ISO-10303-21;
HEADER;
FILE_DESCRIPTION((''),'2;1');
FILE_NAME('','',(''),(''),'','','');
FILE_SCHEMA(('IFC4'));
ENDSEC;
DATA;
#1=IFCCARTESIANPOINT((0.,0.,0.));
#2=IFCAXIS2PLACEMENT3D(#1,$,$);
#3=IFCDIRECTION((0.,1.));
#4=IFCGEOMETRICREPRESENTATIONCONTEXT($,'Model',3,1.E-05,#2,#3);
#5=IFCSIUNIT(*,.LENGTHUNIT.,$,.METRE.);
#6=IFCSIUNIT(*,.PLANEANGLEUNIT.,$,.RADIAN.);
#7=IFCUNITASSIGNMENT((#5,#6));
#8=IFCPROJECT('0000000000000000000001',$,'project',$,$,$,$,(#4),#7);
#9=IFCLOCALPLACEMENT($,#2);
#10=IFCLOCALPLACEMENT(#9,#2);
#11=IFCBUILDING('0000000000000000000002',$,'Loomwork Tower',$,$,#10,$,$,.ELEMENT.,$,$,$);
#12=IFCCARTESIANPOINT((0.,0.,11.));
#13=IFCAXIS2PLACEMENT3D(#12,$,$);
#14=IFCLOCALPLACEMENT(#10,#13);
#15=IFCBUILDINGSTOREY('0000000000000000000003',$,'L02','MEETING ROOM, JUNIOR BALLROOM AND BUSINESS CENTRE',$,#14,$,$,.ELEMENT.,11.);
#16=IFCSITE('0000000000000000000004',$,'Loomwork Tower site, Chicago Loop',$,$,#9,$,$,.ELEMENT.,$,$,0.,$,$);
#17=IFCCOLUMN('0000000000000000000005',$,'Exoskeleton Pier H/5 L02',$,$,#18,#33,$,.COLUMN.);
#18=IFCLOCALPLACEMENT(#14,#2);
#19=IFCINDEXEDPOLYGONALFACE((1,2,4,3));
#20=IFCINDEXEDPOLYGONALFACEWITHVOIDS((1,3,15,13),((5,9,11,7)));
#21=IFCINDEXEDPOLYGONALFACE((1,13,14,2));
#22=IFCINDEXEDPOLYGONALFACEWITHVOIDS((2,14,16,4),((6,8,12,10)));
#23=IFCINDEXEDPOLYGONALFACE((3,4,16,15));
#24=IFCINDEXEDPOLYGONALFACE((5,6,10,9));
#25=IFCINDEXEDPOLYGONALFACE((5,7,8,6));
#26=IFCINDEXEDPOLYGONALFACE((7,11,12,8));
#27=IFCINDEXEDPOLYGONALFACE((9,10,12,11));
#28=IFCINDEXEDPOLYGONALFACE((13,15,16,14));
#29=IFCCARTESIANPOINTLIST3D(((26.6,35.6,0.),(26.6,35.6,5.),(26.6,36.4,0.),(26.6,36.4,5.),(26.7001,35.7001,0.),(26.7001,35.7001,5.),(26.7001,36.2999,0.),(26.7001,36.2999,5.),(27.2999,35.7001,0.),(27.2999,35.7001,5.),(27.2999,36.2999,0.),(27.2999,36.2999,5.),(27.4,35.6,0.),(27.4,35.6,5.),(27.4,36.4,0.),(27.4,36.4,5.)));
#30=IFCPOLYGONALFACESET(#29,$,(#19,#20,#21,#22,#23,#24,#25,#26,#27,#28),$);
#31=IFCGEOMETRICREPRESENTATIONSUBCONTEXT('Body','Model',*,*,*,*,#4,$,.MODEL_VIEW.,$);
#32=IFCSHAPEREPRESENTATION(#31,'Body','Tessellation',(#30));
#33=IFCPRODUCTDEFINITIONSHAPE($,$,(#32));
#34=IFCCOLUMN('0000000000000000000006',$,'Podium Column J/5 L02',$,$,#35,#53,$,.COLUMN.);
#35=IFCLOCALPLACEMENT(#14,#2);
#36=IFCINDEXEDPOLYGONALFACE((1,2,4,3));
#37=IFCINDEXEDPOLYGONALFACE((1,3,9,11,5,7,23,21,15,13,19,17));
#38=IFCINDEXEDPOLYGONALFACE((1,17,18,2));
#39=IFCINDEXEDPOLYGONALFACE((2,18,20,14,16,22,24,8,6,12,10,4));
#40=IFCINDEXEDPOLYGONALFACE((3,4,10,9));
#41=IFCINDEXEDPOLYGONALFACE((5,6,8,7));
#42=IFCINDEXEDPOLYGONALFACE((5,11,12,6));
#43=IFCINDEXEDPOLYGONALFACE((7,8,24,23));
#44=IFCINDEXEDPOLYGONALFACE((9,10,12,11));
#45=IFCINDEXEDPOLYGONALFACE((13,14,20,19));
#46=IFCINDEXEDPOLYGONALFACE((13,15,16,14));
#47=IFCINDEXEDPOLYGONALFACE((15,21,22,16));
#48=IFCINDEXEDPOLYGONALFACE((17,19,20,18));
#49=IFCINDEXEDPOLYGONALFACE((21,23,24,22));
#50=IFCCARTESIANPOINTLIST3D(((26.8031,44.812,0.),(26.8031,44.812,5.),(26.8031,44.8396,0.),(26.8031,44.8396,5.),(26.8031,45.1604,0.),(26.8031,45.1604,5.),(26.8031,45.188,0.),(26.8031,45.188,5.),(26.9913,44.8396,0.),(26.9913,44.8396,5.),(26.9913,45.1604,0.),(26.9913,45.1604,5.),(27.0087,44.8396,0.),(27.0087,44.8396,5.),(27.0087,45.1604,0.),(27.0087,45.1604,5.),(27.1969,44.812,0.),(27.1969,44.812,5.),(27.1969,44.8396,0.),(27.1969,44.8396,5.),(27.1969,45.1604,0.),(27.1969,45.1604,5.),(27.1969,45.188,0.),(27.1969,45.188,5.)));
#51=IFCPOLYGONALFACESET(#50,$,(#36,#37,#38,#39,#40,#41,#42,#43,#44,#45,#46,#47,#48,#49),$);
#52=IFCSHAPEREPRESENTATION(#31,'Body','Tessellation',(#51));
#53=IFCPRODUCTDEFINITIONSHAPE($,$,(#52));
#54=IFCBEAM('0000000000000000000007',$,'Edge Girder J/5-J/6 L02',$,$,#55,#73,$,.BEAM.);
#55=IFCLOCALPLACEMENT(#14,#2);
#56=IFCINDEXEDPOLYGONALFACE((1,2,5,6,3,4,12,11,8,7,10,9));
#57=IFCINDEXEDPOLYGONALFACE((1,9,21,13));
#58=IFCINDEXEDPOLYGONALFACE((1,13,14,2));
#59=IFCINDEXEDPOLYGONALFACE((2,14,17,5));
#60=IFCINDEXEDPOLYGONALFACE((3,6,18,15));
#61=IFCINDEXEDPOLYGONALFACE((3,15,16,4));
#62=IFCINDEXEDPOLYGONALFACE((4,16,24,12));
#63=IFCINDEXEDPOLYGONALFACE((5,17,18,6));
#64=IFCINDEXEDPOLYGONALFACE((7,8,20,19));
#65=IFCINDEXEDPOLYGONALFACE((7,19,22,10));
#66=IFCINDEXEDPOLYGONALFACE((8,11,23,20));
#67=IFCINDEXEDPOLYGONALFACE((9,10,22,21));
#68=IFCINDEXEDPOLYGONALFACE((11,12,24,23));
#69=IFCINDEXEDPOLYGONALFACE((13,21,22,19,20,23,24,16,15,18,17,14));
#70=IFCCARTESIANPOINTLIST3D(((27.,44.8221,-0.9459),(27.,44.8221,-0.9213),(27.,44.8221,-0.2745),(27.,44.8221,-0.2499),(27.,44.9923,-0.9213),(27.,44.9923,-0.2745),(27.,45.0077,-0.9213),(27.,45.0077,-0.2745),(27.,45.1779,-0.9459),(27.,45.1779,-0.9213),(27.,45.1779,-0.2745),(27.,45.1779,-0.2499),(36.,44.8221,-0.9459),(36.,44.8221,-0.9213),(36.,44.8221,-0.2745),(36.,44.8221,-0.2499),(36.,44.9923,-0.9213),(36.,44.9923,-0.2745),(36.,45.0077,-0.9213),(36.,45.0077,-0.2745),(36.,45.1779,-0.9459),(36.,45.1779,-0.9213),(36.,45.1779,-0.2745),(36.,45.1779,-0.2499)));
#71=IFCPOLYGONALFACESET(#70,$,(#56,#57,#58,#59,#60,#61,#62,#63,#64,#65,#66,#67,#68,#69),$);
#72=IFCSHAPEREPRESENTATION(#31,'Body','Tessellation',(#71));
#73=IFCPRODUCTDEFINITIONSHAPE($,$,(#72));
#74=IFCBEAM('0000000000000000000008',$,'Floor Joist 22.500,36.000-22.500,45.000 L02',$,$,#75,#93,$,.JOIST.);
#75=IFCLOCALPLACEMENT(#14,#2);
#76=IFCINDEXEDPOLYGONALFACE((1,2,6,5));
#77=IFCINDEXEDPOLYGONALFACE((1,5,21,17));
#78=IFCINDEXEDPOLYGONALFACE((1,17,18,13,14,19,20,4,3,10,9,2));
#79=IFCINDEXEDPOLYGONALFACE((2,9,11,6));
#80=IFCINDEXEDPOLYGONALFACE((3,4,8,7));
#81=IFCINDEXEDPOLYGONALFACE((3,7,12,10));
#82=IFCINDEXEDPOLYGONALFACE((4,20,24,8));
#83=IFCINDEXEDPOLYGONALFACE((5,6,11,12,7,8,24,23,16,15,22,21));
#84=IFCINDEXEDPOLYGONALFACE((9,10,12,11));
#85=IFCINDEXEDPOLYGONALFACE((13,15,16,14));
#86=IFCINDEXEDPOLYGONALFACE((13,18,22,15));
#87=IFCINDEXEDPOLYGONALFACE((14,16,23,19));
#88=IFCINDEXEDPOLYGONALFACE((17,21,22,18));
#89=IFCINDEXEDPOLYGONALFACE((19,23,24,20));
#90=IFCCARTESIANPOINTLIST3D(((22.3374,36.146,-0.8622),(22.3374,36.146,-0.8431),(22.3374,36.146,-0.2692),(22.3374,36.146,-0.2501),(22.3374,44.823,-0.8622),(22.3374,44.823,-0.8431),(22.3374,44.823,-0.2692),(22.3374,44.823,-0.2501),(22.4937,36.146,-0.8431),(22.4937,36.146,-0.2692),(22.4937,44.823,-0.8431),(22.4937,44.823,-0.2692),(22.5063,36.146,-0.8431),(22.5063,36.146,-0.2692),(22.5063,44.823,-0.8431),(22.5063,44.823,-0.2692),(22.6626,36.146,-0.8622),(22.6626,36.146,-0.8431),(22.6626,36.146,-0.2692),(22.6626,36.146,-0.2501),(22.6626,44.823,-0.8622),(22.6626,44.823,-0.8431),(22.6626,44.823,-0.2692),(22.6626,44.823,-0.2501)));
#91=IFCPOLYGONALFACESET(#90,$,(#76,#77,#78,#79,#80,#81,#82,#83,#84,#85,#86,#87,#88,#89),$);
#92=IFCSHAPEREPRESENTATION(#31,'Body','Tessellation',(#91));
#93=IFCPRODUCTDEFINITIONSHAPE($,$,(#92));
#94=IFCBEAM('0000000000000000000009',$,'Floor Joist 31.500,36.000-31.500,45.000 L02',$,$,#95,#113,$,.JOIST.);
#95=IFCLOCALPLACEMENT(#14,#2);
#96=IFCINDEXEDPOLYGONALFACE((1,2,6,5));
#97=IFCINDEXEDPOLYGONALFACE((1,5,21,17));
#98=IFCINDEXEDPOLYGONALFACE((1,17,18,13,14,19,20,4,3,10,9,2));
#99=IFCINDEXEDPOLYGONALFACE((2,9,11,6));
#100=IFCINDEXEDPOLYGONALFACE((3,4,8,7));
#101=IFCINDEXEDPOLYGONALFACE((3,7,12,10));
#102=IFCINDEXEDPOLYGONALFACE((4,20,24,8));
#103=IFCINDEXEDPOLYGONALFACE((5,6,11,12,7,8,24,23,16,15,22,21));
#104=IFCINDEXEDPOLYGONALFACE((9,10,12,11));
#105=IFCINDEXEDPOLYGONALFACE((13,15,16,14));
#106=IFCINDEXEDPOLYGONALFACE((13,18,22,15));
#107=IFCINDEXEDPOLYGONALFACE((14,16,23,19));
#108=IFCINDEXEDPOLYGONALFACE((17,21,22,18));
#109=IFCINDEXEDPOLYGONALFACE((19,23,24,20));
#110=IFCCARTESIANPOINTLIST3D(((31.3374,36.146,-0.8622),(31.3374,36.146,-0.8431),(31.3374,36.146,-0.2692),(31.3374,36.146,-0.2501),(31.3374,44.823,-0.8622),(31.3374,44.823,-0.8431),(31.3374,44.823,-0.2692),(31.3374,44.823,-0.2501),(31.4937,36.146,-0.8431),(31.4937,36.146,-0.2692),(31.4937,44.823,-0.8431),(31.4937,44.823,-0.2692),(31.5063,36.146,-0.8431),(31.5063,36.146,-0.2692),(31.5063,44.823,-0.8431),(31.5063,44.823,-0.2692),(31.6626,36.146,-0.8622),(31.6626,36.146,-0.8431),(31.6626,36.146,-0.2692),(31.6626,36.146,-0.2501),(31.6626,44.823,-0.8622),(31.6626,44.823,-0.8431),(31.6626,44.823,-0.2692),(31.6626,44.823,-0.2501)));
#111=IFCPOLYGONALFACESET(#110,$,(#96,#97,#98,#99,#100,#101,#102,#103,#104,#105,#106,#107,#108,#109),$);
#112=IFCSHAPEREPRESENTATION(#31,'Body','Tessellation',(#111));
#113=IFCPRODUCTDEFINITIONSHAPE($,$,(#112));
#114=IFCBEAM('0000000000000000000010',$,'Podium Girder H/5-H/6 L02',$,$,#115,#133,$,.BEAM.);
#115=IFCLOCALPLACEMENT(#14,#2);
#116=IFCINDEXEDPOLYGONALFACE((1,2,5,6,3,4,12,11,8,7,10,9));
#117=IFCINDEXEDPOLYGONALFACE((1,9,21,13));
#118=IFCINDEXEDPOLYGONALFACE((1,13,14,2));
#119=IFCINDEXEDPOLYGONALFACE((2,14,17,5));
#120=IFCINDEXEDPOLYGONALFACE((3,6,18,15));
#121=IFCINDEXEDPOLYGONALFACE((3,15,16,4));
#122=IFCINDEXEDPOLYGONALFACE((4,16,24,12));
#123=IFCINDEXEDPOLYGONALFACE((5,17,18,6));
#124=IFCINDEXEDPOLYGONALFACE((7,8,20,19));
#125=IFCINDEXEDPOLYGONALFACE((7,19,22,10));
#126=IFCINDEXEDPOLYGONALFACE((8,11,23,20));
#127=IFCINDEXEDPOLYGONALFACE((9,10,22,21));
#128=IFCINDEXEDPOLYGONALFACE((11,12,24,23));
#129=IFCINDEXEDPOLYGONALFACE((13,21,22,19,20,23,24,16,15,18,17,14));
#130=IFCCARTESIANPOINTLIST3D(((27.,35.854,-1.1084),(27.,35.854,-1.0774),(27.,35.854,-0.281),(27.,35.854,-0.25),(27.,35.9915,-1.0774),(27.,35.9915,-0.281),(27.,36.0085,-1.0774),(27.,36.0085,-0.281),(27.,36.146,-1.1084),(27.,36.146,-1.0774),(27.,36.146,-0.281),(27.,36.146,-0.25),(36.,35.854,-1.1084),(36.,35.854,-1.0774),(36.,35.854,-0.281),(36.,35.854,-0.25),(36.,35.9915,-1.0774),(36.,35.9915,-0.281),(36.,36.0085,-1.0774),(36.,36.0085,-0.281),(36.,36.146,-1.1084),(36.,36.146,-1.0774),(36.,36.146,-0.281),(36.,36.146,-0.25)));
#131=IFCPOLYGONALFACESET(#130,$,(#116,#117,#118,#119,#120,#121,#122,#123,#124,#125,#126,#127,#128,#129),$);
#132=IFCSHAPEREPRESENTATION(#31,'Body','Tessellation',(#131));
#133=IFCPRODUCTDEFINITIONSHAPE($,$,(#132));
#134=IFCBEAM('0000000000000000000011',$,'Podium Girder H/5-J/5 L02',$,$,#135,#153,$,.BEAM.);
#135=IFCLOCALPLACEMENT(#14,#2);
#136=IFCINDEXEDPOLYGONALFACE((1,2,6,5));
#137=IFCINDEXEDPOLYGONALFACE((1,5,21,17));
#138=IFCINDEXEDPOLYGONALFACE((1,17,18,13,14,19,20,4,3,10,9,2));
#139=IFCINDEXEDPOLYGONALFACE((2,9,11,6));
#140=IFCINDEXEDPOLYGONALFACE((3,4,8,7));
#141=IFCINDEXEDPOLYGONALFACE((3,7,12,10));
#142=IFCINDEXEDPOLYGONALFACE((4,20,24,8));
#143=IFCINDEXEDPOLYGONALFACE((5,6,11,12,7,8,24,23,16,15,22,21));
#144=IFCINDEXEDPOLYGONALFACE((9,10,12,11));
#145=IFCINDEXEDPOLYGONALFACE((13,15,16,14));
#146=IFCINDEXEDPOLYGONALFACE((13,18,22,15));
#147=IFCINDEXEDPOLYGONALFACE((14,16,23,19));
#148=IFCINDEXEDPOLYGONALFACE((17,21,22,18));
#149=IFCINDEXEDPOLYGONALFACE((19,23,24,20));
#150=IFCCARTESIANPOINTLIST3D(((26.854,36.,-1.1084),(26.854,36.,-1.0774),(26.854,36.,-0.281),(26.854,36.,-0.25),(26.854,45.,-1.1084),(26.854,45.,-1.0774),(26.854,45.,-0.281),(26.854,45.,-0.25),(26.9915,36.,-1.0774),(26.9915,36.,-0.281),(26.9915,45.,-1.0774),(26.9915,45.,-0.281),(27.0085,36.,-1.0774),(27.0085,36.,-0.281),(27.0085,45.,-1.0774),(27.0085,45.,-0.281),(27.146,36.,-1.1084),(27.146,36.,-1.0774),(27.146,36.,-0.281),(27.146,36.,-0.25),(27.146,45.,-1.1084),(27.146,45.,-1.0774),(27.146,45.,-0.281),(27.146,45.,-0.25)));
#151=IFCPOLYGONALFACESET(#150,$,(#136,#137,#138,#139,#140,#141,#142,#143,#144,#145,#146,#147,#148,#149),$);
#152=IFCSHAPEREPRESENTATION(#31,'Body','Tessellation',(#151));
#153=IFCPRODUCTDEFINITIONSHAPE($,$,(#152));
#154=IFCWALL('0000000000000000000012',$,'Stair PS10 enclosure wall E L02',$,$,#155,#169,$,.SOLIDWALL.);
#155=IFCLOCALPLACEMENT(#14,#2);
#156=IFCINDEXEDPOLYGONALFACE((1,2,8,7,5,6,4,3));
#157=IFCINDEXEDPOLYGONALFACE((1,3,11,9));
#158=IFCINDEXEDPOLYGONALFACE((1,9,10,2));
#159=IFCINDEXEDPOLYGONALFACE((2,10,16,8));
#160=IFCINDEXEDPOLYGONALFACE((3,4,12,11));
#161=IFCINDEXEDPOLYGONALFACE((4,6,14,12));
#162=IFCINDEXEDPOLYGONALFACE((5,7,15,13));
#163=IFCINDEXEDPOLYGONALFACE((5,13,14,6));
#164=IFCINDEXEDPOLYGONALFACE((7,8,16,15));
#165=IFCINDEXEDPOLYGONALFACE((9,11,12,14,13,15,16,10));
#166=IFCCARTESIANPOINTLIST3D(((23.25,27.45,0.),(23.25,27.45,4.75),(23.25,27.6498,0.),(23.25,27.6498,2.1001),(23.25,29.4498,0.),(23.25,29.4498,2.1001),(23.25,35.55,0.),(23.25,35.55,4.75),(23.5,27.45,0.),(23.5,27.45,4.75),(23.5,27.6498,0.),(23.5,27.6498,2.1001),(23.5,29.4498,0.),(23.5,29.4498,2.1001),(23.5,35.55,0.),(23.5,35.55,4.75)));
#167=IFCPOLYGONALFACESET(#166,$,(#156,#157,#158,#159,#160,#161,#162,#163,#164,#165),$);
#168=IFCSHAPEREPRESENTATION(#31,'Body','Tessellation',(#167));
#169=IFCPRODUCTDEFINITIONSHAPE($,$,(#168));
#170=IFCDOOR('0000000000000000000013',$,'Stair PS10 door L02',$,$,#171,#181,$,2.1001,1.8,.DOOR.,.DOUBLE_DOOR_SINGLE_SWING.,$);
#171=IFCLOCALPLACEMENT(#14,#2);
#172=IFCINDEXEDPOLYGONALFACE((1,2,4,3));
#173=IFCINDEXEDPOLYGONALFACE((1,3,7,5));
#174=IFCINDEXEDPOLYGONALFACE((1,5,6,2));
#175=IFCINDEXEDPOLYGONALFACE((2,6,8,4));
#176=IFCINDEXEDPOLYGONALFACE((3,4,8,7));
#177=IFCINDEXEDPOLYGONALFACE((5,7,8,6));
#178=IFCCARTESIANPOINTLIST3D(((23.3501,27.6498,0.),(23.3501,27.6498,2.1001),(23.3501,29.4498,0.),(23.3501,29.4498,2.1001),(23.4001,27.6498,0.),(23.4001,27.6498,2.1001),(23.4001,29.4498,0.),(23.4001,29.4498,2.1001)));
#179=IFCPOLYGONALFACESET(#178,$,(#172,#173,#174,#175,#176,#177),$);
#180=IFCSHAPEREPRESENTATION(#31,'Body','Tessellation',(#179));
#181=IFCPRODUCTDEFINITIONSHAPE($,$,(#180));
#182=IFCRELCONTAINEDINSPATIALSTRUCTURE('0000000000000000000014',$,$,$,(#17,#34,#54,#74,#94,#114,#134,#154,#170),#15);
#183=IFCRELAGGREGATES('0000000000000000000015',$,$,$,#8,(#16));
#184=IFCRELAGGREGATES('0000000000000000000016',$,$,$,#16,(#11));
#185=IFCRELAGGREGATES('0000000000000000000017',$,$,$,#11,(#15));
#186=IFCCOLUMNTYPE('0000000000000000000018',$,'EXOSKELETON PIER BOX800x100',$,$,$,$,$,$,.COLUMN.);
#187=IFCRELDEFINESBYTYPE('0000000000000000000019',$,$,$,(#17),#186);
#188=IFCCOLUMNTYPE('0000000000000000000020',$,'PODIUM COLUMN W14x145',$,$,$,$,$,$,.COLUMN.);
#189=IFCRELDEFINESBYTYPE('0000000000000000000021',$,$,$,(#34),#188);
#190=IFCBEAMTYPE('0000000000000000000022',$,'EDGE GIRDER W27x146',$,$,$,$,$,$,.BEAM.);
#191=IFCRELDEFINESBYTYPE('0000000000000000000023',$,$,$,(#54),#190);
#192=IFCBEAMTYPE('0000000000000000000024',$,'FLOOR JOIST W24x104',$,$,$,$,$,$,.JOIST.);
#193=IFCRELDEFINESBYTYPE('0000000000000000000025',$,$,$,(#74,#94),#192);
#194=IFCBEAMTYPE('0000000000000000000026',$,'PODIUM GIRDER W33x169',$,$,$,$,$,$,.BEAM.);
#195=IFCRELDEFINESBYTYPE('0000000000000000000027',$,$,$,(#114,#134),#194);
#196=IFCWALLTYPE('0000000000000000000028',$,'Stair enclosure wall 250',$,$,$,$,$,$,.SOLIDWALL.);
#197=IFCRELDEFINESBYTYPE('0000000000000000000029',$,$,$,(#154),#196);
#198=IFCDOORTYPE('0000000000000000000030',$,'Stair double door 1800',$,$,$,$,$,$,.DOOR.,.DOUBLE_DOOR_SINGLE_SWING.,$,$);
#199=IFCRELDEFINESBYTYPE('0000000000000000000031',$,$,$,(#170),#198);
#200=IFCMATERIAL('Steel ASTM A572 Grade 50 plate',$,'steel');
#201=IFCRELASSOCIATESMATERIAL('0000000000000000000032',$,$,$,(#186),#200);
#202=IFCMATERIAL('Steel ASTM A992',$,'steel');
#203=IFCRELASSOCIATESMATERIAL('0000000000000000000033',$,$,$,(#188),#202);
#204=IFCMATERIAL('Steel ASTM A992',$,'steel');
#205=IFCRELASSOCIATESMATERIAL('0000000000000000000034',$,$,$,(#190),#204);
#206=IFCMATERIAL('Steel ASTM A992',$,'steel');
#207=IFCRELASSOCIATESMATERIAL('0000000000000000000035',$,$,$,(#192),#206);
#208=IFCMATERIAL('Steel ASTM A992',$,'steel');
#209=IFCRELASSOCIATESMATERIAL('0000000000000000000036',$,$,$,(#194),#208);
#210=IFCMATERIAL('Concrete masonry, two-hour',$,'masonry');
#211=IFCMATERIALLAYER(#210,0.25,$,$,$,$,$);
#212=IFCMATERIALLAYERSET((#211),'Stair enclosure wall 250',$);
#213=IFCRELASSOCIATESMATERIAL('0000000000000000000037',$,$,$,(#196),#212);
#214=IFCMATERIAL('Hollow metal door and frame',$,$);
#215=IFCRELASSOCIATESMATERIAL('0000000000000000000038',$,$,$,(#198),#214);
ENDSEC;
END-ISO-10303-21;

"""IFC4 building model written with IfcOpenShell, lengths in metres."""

from ifc_helpers import new_model, si_unit, direction, frame, frame_2d, origin, origin_2d, place, context, subcontext, project, spatial, rectangle, hollow_rectangle, i_section, extrude, material, layer, layer_set, material_profile, profile_set, type_object, element, fill, save


model = new_model("IFC4")

# Units and contexts
model_context = context("Model", 3, precision=1e-05, world=origin(), true_north=direction((0.0, 1.0)))
body_context = subcontext(model_context, "Body", "Model", "MODEL_VIEW")
ifc_project = project(units=[si_unit("LENGTHUNIT", "METRE"), si_unit("PLANEANGLEUNIT", "RADIAN")], contexts=[model_context])

# Site, building, storey
site_placement = place(None, origin())
site = spatial("IfcSite", under=ifc_project, at=site_placement, Name="Loomwork Tower site, Chicago Loop", CompositionType="ELEMENT", RefElevation=0.0)
building_placement = place(site_placement, origin())
building = spatial("IfcBuilding", under=site, at=building_placement, Name="Loomwork Tower", CompositionType="ELEMENT")
storey_placement = place(building_placement, frame((0.0, 0.0, 11.0)))
storey = spatial("IfcBuildingStorey", under=building, at=storey_placement, Name="L02", Description="MEETING ROOM, JUNIOR BALLROOM AND BUSINESS CENTRE", CompositionType="ELEMENT", Elevation=11.0)

# Columns
ifc_material_1 = material(Name="Steel ASTM A572 Grade 50 plate", Category="steel")
ifc_material_profile_1 = material_profile(ifc_material_1, hollow_rectangle(XDim=0.8, YDim=0.8, WallThickness=0.1001, at=origin_2d()), Name="BOX800x100")
ifc_profile_set_1 = profile_set([ifc_material_profile_1], Name="Steel ASTM A572 Grade 50 plate")
column_type_1 = type_object("IfcColumnType", Name="EXOSKELETON PIER BOX800x100", PredefinedType="COLUMN", material=ifc_profile_set_1)
column_1_placement = place(storey_placement, frame((27.0, 36.0, 0.0), z_axis=(0.0, 0.0, 1.0), x_axis=(1.0, 0.0, 0.0)))
element("IfcColumn", 1, at=column_1_placement, inside=storey, type_object=column_type_1, Name="Exoskeleton Pier H/5 L02", PredefinedType="COLUMN", context=body_context, shape_type="SweptSolid", body=[
    extrude(hollow_rectangle(XDim=0.8, YDim=0.8, WallThickness=0.1001, at=origin_2d()), origin(), (0.0, 0.0, 1.0), 5.0),
])
ifc_material_2 = material(Name="Steel ASTM A992", Category="steel")
ifc_material_profile_2 = material_profile(ifc_material_2, i_section(OverallWidth=0.3938, OverallDepth=0.376, WebThickness=0.0173, FlangeThickness=0.0276, at=origin_2d()), Name="W14x145")
ifc_profile_set_2 = profile_set([ifc_material_profile_2], Name="Steel ASTM A992")
column_type_2 = type_object("IfcColumnType", Name="PODIUM COLUMN W14x145", PredefinedType="COLUMN", material=ifc_profile_set_2)
column_2_placement = place(storey_placement, frame((27.0, 45.0, 0.0), z_axis=(0.0, 0.0, 1.0), x_axis=(1.0, 0.0, 0.0)))
element("IfcColumn", 2, at=column_2_placement, inside=storey, type_object=column_type_2, Name="Podium Column J/5 L02", PredefinedType="COLUMN", context=body_context, shape_type="SweptSolid", body=[
    extrude(i_section(OverallWidth=0.3938, OverallDepth=0.376, WebThickness=0.0173, FlangeThickness=0.0276, at=origin_2d()), origin(), (0.0, 0.0, 1.0), 5.0),
])

# Beams
ifc_material_3 = material(Name="Steel ASTM A992", Category="steel")
ifc_material_profile_3 = material_profile(ifc_material_3, i_section(OverallWidth=0.3557, OverallDepth=0.696, WebThickness=0.0154, FlangeThickness=0.0247, at=origin_2d()), Name="W27x146")
ifc_profile_set_3 = profile_set([ifc_material_profile_3], Name="Steel ASTM A992")
beam_type_1 = type_object("IfcBeamType", Name="EDGE GIRDER W27x146", PredefinedType="BEAM", material=ifc_profile_set_3)
beam_placement = place(storey_placement, frame((27.0, 45.0, -0.5979), z_axis=(1.0, 0.0, 0.0), x_axis=(0.0, 1.0, 0.0)))
element("IfcBeam", 3, at=beam_placement, inside=storey, type_object=beam_type_1, Name="Edge Girder J/5-J/6 L02", PredefinedType="BEAM", context=body_context, shape_type="SweptSolid", body=[
    extrude(i_section(OverallWidth=0.3557, OverallDepth=0.696, WebThickness=0.0154, FlangeThickness=0.0247, at=origin_2d()), origin(), (0.0, 0.0, 1.0), 9.0),
])
ifc_material_4 = material(Name="Steel ASTM A992", Category="steel")
ifc_material_profile_4 = material_profile(ifc_material_4, i_section(OverallWidth=0.3252, OverallDepth=0.6121, WebThickness=0.0127, FlangeThickness=0.019, at=origin_2d()), Name="W24x104")
ifc_profile_set_4 = profile_set([ifc_material_profile_4], Name="Steel ASTM A992")
beam_type_2 = type_object("IfcBeamType", Name="FLOOR JOIST W24x104", PredefinedType="JOIST", material=ifc_profile_set_4)
for number, where, z_axis, x_axis, name in (
    (4, (22.5, 36.146, -0.5562), (0.0, 1.0, 0.0), (-1.0, 0.0, 0.0), "Floor Joist 22.500,36.000-22.500,45.000 L02"),
    (5, (31.5, 36.146, -0.5562), (0.0, 1.0, 0.0), (-1.0, 0.0, 0.0), "Floor Joist 31.500,36.000-31.500,45.000 L02"),
):
    element("IfcBeam", number, at=place(storey_placement, frame(where, z_axis=z_axis, x_axis=x_axis)), inside=storey, type_object=beam_type_2, Name=name, PredefinedType="JOIST", context=body_context, shape_type="SweptSolid", body=[
        extrude(i_section(OverallWidth=0.3252, OverallDepth=0.6121, WebThickness=0.0127, FlangeThickness=0.019, at=origin_2d()), origin(), (0.0, 0.0, 1.0), 8.677),
    ])
ifc_material_5 = material(Name="Steel ASTM A992", Category="steel")
ifc_material_profile_5 = material_profile(ifc_material_5, i_section(OverallWidth=0.292, OverallDepth=0.8584, WebThickness=0.0171, FlangeThickness=0.031, at=origin_2d()), Name="W33x169")
ifc_profile_set_5 = profile_set([ifc_material_profile_5], Name="Steel ASTM A992")
beam_type_3 = type_object("IfcBeamType", Name="PODIUM GIRDER W33x169", PredefinedType="BEAM", material=ifc_profile_set_5)
for number, where, z_axis, x_axis, name in (
    (6, (27.0, 36.0, -0.6792), (1.0, 0.0, 0.0), (0.0, 1.0, 0.0), "Podium Girder H/5-H/6 L02"),
    (7, (27.0, 36.0, -0.6792), (0.0, 1.0, 0.0), (-1.0, 0.0, 0.0), "Podium Girder H/5-J/5 L02"),
):
    element("IfcBeam", number, at=place(storey_placement, frame(where, z_axis=z_axis, x_axis=x_axis)), inside=storey, type_object=beam_type_3, Name=name, PredefinedType="BEAM", context=body_context, shape_type="SweptSolid", body=[
        extrude(i_section(OverallWidth=0.292, OverallDepth=0.8584, WebThickness=0.0171, FlangeThickness=0.031, at=origin_2d()), origin(), (0.0, 0.0, 1.0), 9.0),
    ])

# Wall, opening, door
ifc_material_6 = material(Name="Concrete masonry, two-hour", Category="masonry")
ifc_layer = layer(ifc_material_6, 0.25)
ifc_layer_set = layer_set([ifc_layer], Name="Stair enclosure wall 250")
wall_type = type_object("IfcWallType", Name="Stair enclosure wall 250", PredefinedType="SOLIDWALL", material=ifc_layer_set)
wall_1_placement = place(storey_placement, frame((23.375, 27.45, 0.0), z_axis=(0.0, 0.0, 1.0), x_axis=(0.0, 1.0, 0.0)))
wall_1 = element("IfcWall", 8, at=wall_1_placement, inside=storey, type_object=wall_type, Name="Stair PS10 enclosure wall E L02", PredefinedType="SOLIDWALL", context=body_context, shape_type="SweptSolid", body=[
    extrude(rectangle(XDim=8.1001, YDim=0.25, at=frame_2d((4.05, 0.0))), origin(), (0.0, 0.0, 1.0), 4.75),
])
opening_1_placement = place(wall_1_placement, frame((0.2, 0.0, 0.0)))
opening_1 = element("IfcOpeningElement", 9, at=opening_1_placement, cuts=wall_1, PredefinedType="OPENING", context=body_context, shape_type="SweptSolid", body=[
    extrude(rectangle(XDim=1.8, YDim=2.1001, at=frame_2d((0.8999, 1.05))), frame((0.0, 0.135, 0.0), z_axis=(0.0, -1.0, 0.0), x_axis=(1.0, 0.0, 0.0)), (0.0, 0.0, 1.0), 0.27),
])
ifc_material_7 = material(Name="Hollow metal door and frame")
door_type = type_object("IfcDoorType", Name="Stair double door 1800", OperationType="DOUBLE_DOOR_SINGLE_SWING", PredefinedType="DOOR", material=ifc_material_7)
door_1_placement = place(opening_1_placement, origin())
door_1 = element("IfcDoor", 10, at=door_1_placement, inside=storey, type_object=door_type, Name="Stair PS10 door L02", OperationType="DOUBLE_DOOR_SINGLE_SWING", OverallHeight=2.1001, OverallWidth=1.8, PredefinedType="DOOR", context=body_context, shape_type="SweptSolid", body=[
    extrude(rectangle(XDim=1.8, YDim=2.1001, at=frame_2d((0.8999, 1.05))), frame((0.0, 0.0249, 0.0), z_axis=(0.0, -1.0, 0.0), x_axis=(1.0, 0.0, 0.0)), (0.0, 0.0, 1.0), 0.05),
])
fill(opening_1, door_1)

save(model, "model.ifc")
